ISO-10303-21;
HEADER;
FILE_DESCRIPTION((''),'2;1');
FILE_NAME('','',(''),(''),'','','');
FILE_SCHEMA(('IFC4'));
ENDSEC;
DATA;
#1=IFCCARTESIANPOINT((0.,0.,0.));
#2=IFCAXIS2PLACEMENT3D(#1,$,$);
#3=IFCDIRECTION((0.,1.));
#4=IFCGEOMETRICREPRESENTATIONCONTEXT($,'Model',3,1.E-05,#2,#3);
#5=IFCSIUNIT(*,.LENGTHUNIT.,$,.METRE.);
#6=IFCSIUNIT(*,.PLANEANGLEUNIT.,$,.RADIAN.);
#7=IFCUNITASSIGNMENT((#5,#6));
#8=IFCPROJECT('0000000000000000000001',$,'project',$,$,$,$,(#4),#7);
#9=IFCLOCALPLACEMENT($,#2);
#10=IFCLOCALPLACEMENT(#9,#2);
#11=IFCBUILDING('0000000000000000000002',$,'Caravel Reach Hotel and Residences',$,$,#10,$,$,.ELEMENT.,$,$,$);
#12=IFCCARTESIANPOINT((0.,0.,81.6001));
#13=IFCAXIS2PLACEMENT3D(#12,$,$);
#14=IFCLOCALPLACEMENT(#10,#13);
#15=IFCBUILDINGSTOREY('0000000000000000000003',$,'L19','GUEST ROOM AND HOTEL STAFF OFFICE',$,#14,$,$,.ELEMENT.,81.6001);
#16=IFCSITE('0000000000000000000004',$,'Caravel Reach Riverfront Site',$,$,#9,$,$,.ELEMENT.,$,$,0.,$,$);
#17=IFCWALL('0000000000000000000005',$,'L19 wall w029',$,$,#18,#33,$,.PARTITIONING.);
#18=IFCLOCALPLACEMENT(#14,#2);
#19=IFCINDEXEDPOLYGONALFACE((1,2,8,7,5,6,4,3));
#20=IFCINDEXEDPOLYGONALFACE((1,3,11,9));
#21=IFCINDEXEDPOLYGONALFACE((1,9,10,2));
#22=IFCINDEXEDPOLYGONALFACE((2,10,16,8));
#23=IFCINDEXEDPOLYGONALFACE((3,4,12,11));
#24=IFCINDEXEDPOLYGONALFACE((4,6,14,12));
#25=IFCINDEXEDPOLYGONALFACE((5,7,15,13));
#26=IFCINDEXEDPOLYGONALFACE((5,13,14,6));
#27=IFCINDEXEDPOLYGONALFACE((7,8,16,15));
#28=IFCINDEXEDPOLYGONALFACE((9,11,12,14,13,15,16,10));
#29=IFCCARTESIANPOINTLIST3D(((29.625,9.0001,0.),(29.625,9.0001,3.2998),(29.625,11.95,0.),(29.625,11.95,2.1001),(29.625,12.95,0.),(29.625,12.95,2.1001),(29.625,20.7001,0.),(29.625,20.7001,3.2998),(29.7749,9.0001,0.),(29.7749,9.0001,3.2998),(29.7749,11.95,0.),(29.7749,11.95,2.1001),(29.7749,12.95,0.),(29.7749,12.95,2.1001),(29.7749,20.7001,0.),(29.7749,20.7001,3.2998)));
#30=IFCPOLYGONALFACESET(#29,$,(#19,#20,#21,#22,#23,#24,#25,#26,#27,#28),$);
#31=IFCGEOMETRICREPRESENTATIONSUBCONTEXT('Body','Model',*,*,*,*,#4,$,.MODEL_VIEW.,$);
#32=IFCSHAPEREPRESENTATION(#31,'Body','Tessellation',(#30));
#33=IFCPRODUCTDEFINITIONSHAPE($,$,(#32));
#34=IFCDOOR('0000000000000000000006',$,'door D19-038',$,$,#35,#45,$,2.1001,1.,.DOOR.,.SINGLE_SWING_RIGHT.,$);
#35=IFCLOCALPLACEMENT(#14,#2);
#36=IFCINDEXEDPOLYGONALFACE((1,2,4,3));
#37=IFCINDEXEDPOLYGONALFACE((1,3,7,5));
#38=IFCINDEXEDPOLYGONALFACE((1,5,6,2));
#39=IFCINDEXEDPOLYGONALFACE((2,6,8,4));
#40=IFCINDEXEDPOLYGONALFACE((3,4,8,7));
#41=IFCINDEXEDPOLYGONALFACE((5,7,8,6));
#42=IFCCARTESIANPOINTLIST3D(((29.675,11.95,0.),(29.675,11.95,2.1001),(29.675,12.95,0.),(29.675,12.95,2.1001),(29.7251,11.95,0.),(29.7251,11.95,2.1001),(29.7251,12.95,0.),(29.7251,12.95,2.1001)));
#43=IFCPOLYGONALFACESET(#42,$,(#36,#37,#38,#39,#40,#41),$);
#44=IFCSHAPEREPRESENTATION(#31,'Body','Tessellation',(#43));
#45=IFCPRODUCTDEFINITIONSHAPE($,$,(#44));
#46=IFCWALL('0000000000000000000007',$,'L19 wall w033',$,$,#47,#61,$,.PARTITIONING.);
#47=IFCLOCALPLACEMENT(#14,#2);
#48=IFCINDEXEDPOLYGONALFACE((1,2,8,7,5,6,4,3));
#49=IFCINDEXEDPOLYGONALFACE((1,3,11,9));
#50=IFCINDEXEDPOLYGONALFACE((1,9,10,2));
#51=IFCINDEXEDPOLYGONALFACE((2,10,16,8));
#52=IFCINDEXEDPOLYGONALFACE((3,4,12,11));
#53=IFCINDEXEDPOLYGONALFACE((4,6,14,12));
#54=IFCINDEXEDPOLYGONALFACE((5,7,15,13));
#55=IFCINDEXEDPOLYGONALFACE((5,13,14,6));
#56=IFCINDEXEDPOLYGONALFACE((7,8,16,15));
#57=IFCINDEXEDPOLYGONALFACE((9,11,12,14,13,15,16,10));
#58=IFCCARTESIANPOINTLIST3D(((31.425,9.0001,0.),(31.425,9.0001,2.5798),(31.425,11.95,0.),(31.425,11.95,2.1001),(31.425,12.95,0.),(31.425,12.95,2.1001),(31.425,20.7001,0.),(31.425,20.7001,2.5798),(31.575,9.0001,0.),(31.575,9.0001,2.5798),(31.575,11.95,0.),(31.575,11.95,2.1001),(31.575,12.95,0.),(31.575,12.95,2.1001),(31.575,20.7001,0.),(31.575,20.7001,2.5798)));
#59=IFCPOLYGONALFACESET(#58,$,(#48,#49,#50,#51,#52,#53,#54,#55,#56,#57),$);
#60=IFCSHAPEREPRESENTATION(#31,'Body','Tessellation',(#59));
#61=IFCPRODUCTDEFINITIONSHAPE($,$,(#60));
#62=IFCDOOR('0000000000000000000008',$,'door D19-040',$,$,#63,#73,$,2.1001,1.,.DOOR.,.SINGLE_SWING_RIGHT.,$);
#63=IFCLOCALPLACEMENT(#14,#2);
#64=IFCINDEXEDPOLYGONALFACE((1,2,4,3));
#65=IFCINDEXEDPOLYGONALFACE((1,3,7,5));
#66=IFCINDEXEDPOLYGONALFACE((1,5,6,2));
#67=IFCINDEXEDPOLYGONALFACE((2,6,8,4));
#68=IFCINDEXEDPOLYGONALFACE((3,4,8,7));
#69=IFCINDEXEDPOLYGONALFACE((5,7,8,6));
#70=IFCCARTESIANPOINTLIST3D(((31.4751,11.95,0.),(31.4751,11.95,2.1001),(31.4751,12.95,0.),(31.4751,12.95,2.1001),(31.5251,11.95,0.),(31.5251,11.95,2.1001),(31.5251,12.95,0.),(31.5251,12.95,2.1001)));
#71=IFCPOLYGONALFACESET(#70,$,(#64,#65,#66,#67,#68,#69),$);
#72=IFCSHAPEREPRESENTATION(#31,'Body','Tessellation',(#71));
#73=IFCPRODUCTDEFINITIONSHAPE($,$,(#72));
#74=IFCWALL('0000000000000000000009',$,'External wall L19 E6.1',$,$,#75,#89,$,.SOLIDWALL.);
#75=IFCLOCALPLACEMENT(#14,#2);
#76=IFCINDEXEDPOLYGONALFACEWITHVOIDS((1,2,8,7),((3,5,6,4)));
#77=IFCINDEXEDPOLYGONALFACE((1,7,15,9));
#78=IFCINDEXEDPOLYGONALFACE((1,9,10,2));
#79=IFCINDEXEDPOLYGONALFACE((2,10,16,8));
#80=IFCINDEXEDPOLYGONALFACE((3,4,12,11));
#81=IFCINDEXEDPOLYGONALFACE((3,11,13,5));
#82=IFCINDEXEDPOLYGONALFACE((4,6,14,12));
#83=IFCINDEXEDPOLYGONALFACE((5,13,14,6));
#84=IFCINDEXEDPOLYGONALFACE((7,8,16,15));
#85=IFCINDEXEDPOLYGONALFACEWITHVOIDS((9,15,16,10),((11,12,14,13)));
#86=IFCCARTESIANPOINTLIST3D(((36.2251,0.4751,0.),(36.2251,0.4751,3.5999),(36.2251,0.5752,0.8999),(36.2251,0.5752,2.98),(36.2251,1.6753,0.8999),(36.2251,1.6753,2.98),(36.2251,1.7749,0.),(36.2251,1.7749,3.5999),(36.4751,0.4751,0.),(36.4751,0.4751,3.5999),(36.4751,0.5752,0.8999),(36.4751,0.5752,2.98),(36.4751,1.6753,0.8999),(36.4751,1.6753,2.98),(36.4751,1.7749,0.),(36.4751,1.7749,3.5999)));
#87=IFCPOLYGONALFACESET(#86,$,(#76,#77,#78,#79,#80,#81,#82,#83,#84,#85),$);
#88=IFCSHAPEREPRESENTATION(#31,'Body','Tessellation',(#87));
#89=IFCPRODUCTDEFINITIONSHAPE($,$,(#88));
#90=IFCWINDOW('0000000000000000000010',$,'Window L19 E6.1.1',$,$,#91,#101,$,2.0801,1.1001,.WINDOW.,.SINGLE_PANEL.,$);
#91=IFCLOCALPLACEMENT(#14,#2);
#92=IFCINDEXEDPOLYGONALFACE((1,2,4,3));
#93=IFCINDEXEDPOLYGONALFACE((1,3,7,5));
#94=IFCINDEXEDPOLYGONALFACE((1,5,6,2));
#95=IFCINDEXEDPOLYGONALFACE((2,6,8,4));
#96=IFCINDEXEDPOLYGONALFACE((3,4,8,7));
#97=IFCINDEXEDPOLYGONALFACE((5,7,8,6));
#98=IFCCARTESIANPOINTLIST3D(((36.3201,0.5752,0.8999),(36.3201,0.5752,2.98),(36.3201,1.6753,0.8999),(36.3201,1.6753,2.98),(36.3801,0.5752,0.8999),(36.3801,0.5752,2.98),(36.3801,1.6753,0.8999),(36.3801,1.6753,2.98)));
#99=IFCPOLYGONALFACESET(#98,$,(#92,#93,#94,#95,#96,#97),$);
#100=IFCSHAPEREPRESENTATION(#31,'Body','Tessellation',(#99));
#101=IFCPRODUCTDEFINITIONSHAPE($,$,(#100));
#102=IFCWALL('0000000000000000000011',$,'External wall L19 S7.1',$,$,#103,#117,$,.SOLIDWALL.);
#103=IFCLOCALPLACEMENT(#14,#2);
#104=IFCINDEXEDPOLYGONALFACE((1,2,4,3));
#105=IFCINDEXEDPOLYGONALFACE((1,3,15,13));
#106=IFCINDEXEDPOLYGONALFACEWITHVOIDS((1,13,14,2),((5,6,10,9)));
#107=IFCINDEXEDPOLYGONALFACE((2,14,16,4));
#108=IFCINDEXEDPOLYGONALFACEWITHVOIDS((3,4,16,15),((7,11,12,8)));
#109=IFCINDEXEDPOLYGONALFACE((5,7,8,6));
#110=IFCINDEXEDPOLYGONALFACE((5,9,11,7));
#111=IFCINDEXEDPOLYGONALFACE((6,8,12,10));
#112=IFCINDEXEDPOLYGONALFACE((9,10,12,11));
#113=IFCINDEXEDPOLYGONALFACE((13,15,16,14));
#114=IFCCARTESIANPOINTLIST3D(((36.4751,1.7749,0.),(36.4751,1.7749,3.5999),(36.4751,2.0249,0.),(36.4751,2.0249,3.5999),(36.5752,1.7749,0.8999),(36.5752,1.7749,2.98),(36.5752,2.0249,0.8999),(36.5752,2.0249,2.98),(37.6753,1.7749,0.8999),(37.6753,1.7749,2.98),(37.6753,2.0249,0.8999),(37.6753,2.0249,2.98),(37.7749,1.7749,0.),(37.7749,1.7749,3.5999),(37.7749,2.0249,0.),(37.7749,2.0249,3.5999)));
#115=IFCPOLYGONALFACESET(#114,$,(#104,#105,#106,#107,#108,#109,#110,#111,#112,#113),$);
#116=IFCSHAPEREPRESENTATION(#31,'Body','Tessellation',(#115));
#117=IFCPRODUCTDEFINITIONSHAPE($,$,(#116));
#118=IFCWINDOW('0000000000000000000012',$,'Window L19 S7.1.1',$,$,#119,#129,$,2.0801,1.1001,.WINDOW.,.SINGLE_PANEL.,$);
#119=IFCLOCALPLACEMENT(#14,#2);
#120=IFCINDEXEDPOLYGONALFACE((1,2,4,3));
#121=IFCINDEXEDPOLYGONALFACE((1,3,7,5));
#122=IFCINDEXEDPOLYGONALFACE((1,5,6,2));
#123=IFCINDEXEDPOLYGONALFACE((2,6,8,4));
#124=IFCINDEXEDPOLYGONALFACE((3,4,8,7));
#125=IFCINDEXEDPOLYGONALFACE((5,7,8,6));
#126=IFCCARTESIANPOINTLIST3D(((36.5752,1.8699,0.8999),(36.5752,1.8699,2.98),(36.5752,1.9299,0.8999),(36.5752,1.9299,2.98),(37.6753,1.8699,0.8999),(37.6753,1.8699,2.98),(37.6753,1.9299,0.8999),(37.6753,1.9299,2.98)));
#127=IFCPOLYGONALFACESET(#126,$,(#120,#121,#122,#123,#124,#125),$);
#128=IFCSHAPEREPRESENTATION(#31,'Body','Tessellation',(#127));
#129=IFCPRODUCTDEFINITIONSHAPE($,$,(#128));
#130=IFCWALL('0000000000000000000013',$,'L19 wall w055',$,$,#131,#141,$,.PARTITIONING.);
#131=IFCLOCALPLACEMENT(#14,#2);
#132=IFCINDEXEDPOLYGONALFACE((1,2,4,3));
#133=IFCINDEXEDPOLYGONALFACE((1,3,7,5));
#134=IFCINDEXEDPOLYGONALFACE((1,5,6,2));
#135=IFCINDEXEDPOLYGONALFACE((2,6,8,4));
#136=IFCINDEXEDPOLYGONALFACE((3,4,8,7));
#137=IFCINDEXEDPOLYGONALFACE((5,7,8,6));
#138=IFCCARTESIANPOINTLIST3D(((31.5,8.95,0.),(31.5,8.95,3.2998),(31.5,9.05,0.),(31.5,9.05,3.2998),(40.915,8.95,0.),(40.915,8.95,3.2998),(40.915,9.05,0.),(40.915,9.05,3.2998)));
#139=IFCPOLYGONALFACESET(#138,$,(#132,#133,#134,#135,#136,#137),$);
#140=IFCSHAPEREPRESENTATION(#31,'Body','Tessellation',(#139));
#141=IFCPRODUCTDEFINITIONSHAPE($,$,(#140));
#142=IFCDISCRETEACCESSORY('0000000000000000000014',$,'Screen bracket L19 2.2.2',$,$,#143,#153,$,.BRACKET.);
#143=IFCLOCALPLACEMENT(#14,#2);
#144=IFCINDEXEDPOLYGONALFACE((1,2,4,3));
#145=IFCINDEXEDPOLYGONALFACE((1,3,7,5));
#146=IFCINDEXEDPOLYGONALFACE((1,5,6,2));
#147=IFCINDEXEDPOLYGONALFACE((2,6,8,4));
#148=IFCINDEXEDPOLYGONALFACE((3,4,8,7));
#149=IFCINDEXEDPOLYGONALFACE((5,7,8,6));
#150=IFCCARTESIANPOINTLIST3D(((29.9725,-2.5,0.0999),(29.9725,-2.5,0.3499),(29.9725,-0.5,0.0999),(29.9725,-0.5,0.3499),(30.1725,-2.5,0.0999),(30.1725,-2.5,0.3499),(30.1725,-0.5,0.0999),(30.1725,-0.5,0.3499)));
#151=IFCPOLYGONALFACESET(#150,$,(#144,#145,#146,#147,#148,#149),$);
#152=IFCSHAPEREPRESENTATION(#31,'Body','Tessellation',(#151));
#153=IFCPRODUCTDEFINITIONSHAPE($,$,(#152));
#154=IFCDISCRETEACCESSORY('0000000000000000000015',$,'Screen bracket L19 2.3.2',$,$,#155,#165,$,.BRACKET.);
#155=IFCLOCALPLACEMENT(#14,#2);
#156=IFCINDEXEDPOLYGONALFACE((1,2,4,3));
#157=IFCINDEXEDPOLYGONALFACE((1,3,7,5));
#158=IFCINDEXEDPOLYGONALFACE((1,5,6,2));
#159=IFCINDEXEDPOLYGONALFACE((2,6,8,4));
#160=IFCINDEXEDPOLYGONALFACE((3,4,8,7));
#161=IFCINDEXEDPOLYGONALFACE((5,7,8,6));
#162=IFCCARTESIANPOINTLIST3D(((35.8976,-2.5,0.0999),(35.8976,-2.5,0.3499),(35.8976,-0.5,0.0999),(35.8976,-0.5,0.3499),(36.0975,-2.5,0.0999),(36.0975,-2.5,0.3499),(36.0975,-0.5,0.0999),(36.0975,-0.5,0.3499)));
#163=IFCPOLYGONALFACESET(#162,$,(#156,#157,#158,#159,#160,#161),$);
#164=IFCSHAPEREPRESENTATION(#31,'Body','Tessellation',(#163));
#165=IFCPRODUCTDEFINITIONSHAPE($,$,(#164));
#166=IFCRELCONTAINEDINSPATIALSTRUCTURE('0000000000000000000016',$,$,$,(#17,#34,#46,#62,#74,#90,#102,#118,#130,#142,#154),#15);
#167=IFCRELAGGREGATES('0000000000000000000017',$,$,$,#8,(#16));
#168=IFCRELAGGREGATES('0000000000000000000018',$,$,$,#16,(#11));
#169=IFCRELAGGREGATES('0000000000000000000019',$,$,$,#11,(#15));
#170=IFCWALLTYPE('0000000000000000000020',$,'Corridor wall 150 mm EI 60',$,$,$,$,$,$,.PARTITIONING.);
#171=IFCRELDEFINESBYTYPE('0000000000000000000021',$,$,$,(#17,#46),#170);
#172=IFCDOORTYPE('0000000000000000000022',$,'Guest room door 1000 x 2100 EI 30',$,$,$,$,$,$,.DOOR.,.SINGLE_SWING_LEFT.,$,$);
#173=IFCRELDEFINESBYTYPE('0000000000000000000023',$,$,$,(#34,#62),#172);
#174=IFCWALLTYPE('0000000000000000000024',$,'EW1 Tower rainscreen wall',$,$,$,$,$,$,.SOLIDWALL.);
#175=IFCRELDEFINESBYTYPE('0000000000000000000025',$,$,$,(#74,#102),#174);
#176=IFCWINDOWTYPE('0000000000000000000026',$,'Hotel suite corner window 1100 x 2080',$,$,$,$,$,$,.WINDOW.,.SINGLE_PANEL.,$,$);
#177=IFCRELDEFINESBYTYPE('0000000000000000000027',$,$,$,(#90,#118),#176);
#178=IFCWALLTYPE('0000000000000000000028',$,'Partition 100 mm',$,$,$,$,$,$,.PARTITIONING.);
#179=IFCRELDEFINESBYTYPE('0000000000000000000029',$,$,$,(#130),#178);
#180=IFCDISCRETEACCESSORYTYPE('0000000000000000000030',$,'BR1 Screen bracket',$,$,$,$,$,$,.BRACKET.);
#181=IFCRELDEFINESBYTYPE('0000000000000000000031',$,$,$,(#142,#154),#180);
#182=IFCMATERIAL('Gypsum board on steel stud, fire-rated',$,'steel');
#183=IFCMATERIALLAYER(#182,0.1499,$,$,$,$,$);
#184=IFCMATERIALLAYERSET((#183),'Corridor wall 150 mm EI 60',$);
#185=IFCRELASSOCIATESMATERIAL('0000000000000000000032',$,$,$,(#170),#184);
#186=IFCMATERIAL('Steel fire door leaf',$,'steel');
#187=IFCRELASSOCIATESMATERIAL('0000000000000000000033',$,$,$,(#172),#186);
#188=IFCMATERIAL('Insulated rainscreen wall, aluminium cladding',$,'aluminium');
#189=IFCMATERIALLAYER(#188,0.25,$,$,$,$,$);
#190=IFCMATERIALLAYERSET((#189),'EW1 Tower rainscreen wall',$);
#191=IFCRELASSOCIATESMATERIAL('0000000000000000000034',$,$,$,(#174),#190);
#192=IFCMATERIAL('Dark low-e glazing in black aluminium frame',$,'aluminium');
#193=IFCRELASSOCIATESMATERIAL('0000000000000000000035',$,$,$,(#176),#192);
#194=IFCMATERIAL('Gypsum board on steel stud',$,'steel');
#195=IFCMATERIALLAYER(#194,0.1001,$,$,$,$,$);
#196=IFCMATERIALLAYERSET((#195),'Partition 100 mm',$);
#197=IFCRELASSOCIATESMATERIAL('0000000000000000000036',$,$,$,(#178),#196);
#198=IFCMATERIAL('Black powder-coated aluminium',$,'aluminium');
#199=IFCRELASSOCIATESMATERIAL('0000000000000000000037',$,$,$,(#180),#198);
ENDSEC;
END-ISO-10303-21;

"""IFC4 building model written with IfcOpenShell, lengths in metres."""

from ifc_helpers import new_model, si_unit, direction, frame, frame_2d, origin, origin_2d, place, context, subcontext, project, spatial, rectangle, extrude, material, layer, layer_set, type_object, element, fill, save


model = new_model("IFC4")

# Units and contexts
model_context = context("Model", 3, precision=1e-05, world=origin(), true_north=direction((0.0, 1.0)))
body_context = subcontext(model_context, "Body", "Model", "MODEL_VIEW")
ifc_project = project(units=[si_unit("LENGTHUNIT", "METRE"), si_unit("PLANEANGLEUNIT", "RADIAN")], contexts=[model_context])

# Site, building, storey
site_placement = place(None, origin())
site = spatial("IfcSite", under=ifc_project, at=site_placement, Name="Caravel Reach Riverfront Site", CompositionType="ELEMENT", RefElevation=0.0)
building_placement = place(site_placement, origin())
building = spatial("IfcBuilding", under=site, at=building_placement, Name="Caravel Reach Hotel and Residences", CompositionType="ELEMENT")
storey_placement = place(building_placement, frame((0.0, 0.0, 81.6001)))
storey = spatial("IfcBuildingStorey", under=building, at=storey_placement, Name="L19", Description="GUEST ROOM AND HOTEL STAFF OFFICE", CompositionType="ELEMENT", Elevation=81.6001)

# Walls, openings, doors
ifc_material_1 = material(Name="Gypsum board on steel stud, fire-rated", Category="steel")
ifc_layer_1 = layer(ifc_material_1, 0.1499)
ifc_layer_set_1 = layer_set([ifc_layer_1], Name="Corridor wall 150 mm EI 60")
wall_type_1 = type_object("IfcWallType", Name="Corridor wall 150 mm EI 60", PredefinedType="PARTITIONING", material=ifc_layer_set_1)
wall_1_placement = place(storey_placement, frame((29.7, 9.0, 0.0), z_axis=(0.0, 0.0, 1.0), x_axis=(0.0, 1.0, 0.0)))
wall_1 = element("IfcWall", 1, at=wall_1_placement, inside=storey, type_object=wall_type_1, Name="L19 wall w029", PredefinedType="PARTITIONING", context=body_context, shape_type="SweptSolid", body=[
    extrude(rectangle(XDim=11.7, YDim=0.1499, at=frame_2d((5.8501, 0.0))), origin(), (0.0, 0.0, 1.0), 3.2998),
])
opening_1_placement = place(wall_1_placement, frame((2.95, 0.0, 0.0)))
opening_1 = element("IfcOpeningElement", 2, at=opening_1_placement, cuts=wall_1, PredefinedType="OPENING", context=body_context, shape_type="SweptSolid", body=[
    extrude(rectangle(XDim=1.0, YDim=2.1001, at=frame_2d((0.5, 1.05))), frame((0.0, 0.085, 0.0), z_axis=(0.0, -1.0, 0.0), x_axis=(1.0, 0.0, 0.0)), (0.0, 0.0, 1.0), 0.1699),
])
ifc_material_2 = material(Name="Steel fire door leaf", Category="steel")
door_type_1 = type_object("IfcDoorType", Name="Guest room door 1000 x 2100 EI 30", OperationType="SINGLE_SWING_LEFT", PredefinedType="DOOR", material=ifc_material_2)
door_1_placement = place(opening_1_placement, origin())
door_1 = element("IfcDoor", 3, at=door_1_placement, inside=storey, type_object=door_type_1, Name="door D19-038", OperationType="SINGLE_SWING_RIGHT", OverallHeight=2.1001, OverallWidth=1.0, PredefinedType="DOOR", context=body_context, shape_type="SweptSolid", body=[
    extrude(rectangle(XDim=1.0, YDim=2.1001, at=frame_2d((0.5, 1.05))), frame((0.0, 0.0249, 0.0), z_axis=(0.0, -1.0, 0.0), x_axis=(1.0, 0.0, 0.0)), (0.0, 0.0, 1.0), 0.05),
])
fill(opening_1, door_1)
wall_2_placement = place(storey_placement, frame((31.5, 9.0, 0.0), z_axis=(0.0, 0.0, 1.0), x_axis=(0.0, 1.0, 0.0)))
wall_2 = element("IfcWall", 4, at=wall_2_placement, inside=storey, type_object=wall_type_1, Name="L19 wall w033", PredefinedType="PARTITIONING", context=body_context, shape_type="SweptSolid", body=[
    extrude(rectangle(XDim=11.7, YDim=0.1499, at=frame_2d((5.8501, 0.0))), origin(), (0.0, 0.0, 1.0), 2.5798),
])
opening_2_placement = place(wall_2_placement, frame((2.95, 0.0, 0.0)))
opening_2 = element("IfcOpeningElement", 5, at=opening_2_placement, cuts=wall_2, PredefinedType="OPENING", context=body_context, shape_type="SweptSolid", body=[
    extrude(rectangle(XDim=1.0, YDim=2.1001, at=frame_2d((0.5, 1.05))), frame((0.0, 0.085, 0.0), z_axis=(0.0, -1.0, 0.0), x_axis=(1.0, 0.0, 0.0)), (0.0, 0.0, 1.0), 0.1699),
])
door_2_placement = place(opening_2_placement, origin())
door_2 = element("IfcDoor", 6, at=door_2_placement, inside=storey, type_object=door_type_1, Name="door D19-040", OperationType="SINGLE_SWING_RIGHT", OverallHeight=2.1001, OverallWidth=1.0, PredefinedType="DOOR", context=body_context, shape_type="SweptSolid", body=[
    extrude(rectangle(XDim=1.0, YDim=2.1001, at=frame_2d((0.5, 1.05))), frame((0.0, 0.0249, 0.0), z_axis=(0.0, -1.0, 0.0), x_axis=(1.0, 0.0, 0.0)), (0.0, 0.0, 1.0), 0.05),
])
fill(opening_2, door_2)

# Walls, openings, windows
ifc_material_3 = material(Name="Insulated rainscreen wall, aluminium cladding", Category="aluminium")
ifc_layer_2 = layer(ifc_material_3, 0.25)
ifc_layer_set_2 = layer_set([ifc_layer_2], Name="EW1 Tower rainscreen wall")
wall_type_2 = type_object("IfcWallType", Name="EW1 Tower rainscreen wall", PredefinedType="SOLIDWALL", material=ifc_layer_set_2)
wall_3_placement = place(storey_placement, frame((36.3501, 0.4751, 0.0), z_axis=(0.0, 0.0, 1.0), x_axis=(0.0, 1.0, 0.0)))
wall_3 = element("IfcWall", 7, at=wall_3_placement, inside=storey, type_object=wall_type_2, Name="External wall L19 E6.1", PredefinedType="SOLIDWALL", context=body_context, shape_type="SweptSolid", body=[
    extrude(rectangle(XDim=1.2998, YDim=0.25, at=frame_2d((0.6499, 0.0))), origin(), (0.0, 0.0, 1.0), 3.5999),
])
opening_3_placement = place(wall_3_placement, frame((0.1001, 0.0, 0.8999)))
opening_3 = element("IfcOpeningElement", 8, at=opening_3_placement, cuts=wall_3, PredefinedType="OPENING", context=body_context, shape_type="SweptSolid", body=[
    extrude(rectangle(XDim=1.1001, YDim=2.0801, at=frame_2d((0.55, 1.04))), frame((0.0, 0.135, 0.0), z_axis=(0.0, -1.0, 0.0), x_axis=(1.0, 0.0, 0.0)), (0.0, 0.0, 1.0), 0.27),
])
ifc_material_4 = material(Name="Dark low-e glazing in black aluminium frame", Category="aluminium")
window_type = type_object("IfcWindowType", Name="Hotel suite corner window 1100 x 2080", PartitioningType="SINGLE_PANEL", PredefinedType="WINDOW", material=ifc_material_4)
window_1_placement = place(opening_3_placement, origin())
window_1 = element("IfcWindow", 9, at=window_1_placement, inside=storey, type_object=window_type, Name="Window L19 E6.1.1", OverallHeight=2.0801, OverallWidth=1.1001, PartitioningType="SINGLE_PANEL", PredefinedType="WINDOW", context=body_context, shape_type="SweptSolid", body=[
    extrude(rectangle(XDim=1.1001, YDim=2.0801, at=frame_2d((0.55, 1.04))), frame((0.0, 0.03, 0.0), z_axis=(0.0, -1.0, 0.0), x_axis=(1.0, 0.0, 0.0)), (0.0, 0.0, 1.0), 0.0601),
])
fill(opening_3, window_1)
wall_4_placement = place(storey_placement, frame((36.4751, 1.8999, 0.0), z_axis=(0.0, 0.0, 1.0), x_axis=(1.0, 0.0, 0.0)))
wall_4 = element("IfcWall", 10, at=wall_4_placement, inside=storey, type_object=wall_type_2, Name="External wall L19 S7.1", PredefinedType="SOLIDWALL", context=body_context, shape_type="SweptSolid", body=[
    extrude(rectangle(XDim=1.2998, YDim=0.25, at=frame_2d((0.6499, 0.0))), origin(), (0.0, 0.0, 1.0), 3.5999),
])
opening_4_placement = place(wall_4_placement, frame((0.1001, 0.0, 0.8999)))
opening_4 = element("IfcOpeningElement", 11, at=opening_4_placement, cuts=wall_4, PredefinedType="OPENING", context=body_context, shape_type="SweptSolid", body=[
    extrude(rectangle(XDim=1.1001, YDim=2.0801, at=frame_2d((0.55, 1.04))), frame((0.0, 0.135, 0.0), z_axis=(0.0, -1.0, 0.0), x_axis=(1.0, 0.0, 0.0)), (0.0, 0.0, 1.0), 0.27),
])
window_2_placement = place(opening_4_placement, origin())
window_2 = element("IfcWindow", 12, at=window_2_placement, inside=storey, type_object=window_type, Name="Window L19 S7.1.1", OverallHeight=2.0801, OverallWidth=1.1001, PartitioningType="SINGLE_PANEL", PredefinedType="WINDOW", context=body_context, shape_type="SweptSolid", body=[
    extrude(rectangle(XDim=1.1001, YDim=2.0801, at=frame_2d((0.55, 1.04))), frame((0.0, 0.03, 0.0), z_axis=(0.0, -1.0, 0.0), x_axis=(1.0, 0.0, 0.0)), (0.0, 0.0, 1.0), 0.0601),
])
fill(opening_4, window_2)

# Wall
ifc_material_5 = material(Name="Gypsum board on steel stud", Category="steel")
ifc_layer_3 = layer(ifc_material_5, 0.1001)
ifc_layer_set_3 = layer_set([ifc_layer_3], Name="Partition 100 mm")
wall_type_3 = type_object("IfcWallType", Name="Partition 100 mm", PredefinedType="PARTITIONING", material=ifc_layer_set_3)
wall_5_placement = place(storey_placement, frame((31.5, 9.0, 0.0), z_axis=(0.0, 0.0, 1.0), x_axis=(1.0, 0.0, 0.0)))
element("IfcWall", 13, at=wall_5_placement, inside=storey, type_object=wall_type_3, Name="L19 wall w055", PredefinedType="PARTITIONING", context=body_context, shape_type="SweptSolid", body=[
    extrude(rectangle(XDim=9.415, YDim=0.1001, at=frame_2d((4.7075, 0.0))), origin(), (0.0, 0.0, 1.0), 3.2998),
])

# Discrete accessories
ifc_material_6 = material(Name="Black powder-coated aluminium", Category="aluminium")
discrete_accessory_type = type_object("IfcDiscreteAccessoryType", Name="BR1 Screen bracket", PredefinedType="BRACKET", material=ifc_material_6)
for number, where, z_axis, x_axis, name in (
    (14, (30.0725, -1.5, 0.0999), (0.0, 0.0, 1.0), (0.0, -1.0, 0.0), "Screen bracket L19 2.2.2"),
    (15, (35.9976, -1.5, 0.0999), (0.0, 0.0, 1.0), (0.0, -1.0, 0.0), "Screen bracket L19 2.3.2"),
):
    element("IfcDiscreteAccessory", number, at=place(storey_placement, frame(where, z_axis=z_axis, x_axis=x_axis)), inside=storey, type_object=discrete_accessory_type, Name=name, PredefinedType="BRACKET", context=body_context, shape_type="SweptSolid", body=[
        extrude(rectangle(XDim=2.0, YDim=0.2, at=origin_2d()), origin(), (0.0, 0.0, 1.0), 0.25),
    ])

save(model, "model.ifc")
